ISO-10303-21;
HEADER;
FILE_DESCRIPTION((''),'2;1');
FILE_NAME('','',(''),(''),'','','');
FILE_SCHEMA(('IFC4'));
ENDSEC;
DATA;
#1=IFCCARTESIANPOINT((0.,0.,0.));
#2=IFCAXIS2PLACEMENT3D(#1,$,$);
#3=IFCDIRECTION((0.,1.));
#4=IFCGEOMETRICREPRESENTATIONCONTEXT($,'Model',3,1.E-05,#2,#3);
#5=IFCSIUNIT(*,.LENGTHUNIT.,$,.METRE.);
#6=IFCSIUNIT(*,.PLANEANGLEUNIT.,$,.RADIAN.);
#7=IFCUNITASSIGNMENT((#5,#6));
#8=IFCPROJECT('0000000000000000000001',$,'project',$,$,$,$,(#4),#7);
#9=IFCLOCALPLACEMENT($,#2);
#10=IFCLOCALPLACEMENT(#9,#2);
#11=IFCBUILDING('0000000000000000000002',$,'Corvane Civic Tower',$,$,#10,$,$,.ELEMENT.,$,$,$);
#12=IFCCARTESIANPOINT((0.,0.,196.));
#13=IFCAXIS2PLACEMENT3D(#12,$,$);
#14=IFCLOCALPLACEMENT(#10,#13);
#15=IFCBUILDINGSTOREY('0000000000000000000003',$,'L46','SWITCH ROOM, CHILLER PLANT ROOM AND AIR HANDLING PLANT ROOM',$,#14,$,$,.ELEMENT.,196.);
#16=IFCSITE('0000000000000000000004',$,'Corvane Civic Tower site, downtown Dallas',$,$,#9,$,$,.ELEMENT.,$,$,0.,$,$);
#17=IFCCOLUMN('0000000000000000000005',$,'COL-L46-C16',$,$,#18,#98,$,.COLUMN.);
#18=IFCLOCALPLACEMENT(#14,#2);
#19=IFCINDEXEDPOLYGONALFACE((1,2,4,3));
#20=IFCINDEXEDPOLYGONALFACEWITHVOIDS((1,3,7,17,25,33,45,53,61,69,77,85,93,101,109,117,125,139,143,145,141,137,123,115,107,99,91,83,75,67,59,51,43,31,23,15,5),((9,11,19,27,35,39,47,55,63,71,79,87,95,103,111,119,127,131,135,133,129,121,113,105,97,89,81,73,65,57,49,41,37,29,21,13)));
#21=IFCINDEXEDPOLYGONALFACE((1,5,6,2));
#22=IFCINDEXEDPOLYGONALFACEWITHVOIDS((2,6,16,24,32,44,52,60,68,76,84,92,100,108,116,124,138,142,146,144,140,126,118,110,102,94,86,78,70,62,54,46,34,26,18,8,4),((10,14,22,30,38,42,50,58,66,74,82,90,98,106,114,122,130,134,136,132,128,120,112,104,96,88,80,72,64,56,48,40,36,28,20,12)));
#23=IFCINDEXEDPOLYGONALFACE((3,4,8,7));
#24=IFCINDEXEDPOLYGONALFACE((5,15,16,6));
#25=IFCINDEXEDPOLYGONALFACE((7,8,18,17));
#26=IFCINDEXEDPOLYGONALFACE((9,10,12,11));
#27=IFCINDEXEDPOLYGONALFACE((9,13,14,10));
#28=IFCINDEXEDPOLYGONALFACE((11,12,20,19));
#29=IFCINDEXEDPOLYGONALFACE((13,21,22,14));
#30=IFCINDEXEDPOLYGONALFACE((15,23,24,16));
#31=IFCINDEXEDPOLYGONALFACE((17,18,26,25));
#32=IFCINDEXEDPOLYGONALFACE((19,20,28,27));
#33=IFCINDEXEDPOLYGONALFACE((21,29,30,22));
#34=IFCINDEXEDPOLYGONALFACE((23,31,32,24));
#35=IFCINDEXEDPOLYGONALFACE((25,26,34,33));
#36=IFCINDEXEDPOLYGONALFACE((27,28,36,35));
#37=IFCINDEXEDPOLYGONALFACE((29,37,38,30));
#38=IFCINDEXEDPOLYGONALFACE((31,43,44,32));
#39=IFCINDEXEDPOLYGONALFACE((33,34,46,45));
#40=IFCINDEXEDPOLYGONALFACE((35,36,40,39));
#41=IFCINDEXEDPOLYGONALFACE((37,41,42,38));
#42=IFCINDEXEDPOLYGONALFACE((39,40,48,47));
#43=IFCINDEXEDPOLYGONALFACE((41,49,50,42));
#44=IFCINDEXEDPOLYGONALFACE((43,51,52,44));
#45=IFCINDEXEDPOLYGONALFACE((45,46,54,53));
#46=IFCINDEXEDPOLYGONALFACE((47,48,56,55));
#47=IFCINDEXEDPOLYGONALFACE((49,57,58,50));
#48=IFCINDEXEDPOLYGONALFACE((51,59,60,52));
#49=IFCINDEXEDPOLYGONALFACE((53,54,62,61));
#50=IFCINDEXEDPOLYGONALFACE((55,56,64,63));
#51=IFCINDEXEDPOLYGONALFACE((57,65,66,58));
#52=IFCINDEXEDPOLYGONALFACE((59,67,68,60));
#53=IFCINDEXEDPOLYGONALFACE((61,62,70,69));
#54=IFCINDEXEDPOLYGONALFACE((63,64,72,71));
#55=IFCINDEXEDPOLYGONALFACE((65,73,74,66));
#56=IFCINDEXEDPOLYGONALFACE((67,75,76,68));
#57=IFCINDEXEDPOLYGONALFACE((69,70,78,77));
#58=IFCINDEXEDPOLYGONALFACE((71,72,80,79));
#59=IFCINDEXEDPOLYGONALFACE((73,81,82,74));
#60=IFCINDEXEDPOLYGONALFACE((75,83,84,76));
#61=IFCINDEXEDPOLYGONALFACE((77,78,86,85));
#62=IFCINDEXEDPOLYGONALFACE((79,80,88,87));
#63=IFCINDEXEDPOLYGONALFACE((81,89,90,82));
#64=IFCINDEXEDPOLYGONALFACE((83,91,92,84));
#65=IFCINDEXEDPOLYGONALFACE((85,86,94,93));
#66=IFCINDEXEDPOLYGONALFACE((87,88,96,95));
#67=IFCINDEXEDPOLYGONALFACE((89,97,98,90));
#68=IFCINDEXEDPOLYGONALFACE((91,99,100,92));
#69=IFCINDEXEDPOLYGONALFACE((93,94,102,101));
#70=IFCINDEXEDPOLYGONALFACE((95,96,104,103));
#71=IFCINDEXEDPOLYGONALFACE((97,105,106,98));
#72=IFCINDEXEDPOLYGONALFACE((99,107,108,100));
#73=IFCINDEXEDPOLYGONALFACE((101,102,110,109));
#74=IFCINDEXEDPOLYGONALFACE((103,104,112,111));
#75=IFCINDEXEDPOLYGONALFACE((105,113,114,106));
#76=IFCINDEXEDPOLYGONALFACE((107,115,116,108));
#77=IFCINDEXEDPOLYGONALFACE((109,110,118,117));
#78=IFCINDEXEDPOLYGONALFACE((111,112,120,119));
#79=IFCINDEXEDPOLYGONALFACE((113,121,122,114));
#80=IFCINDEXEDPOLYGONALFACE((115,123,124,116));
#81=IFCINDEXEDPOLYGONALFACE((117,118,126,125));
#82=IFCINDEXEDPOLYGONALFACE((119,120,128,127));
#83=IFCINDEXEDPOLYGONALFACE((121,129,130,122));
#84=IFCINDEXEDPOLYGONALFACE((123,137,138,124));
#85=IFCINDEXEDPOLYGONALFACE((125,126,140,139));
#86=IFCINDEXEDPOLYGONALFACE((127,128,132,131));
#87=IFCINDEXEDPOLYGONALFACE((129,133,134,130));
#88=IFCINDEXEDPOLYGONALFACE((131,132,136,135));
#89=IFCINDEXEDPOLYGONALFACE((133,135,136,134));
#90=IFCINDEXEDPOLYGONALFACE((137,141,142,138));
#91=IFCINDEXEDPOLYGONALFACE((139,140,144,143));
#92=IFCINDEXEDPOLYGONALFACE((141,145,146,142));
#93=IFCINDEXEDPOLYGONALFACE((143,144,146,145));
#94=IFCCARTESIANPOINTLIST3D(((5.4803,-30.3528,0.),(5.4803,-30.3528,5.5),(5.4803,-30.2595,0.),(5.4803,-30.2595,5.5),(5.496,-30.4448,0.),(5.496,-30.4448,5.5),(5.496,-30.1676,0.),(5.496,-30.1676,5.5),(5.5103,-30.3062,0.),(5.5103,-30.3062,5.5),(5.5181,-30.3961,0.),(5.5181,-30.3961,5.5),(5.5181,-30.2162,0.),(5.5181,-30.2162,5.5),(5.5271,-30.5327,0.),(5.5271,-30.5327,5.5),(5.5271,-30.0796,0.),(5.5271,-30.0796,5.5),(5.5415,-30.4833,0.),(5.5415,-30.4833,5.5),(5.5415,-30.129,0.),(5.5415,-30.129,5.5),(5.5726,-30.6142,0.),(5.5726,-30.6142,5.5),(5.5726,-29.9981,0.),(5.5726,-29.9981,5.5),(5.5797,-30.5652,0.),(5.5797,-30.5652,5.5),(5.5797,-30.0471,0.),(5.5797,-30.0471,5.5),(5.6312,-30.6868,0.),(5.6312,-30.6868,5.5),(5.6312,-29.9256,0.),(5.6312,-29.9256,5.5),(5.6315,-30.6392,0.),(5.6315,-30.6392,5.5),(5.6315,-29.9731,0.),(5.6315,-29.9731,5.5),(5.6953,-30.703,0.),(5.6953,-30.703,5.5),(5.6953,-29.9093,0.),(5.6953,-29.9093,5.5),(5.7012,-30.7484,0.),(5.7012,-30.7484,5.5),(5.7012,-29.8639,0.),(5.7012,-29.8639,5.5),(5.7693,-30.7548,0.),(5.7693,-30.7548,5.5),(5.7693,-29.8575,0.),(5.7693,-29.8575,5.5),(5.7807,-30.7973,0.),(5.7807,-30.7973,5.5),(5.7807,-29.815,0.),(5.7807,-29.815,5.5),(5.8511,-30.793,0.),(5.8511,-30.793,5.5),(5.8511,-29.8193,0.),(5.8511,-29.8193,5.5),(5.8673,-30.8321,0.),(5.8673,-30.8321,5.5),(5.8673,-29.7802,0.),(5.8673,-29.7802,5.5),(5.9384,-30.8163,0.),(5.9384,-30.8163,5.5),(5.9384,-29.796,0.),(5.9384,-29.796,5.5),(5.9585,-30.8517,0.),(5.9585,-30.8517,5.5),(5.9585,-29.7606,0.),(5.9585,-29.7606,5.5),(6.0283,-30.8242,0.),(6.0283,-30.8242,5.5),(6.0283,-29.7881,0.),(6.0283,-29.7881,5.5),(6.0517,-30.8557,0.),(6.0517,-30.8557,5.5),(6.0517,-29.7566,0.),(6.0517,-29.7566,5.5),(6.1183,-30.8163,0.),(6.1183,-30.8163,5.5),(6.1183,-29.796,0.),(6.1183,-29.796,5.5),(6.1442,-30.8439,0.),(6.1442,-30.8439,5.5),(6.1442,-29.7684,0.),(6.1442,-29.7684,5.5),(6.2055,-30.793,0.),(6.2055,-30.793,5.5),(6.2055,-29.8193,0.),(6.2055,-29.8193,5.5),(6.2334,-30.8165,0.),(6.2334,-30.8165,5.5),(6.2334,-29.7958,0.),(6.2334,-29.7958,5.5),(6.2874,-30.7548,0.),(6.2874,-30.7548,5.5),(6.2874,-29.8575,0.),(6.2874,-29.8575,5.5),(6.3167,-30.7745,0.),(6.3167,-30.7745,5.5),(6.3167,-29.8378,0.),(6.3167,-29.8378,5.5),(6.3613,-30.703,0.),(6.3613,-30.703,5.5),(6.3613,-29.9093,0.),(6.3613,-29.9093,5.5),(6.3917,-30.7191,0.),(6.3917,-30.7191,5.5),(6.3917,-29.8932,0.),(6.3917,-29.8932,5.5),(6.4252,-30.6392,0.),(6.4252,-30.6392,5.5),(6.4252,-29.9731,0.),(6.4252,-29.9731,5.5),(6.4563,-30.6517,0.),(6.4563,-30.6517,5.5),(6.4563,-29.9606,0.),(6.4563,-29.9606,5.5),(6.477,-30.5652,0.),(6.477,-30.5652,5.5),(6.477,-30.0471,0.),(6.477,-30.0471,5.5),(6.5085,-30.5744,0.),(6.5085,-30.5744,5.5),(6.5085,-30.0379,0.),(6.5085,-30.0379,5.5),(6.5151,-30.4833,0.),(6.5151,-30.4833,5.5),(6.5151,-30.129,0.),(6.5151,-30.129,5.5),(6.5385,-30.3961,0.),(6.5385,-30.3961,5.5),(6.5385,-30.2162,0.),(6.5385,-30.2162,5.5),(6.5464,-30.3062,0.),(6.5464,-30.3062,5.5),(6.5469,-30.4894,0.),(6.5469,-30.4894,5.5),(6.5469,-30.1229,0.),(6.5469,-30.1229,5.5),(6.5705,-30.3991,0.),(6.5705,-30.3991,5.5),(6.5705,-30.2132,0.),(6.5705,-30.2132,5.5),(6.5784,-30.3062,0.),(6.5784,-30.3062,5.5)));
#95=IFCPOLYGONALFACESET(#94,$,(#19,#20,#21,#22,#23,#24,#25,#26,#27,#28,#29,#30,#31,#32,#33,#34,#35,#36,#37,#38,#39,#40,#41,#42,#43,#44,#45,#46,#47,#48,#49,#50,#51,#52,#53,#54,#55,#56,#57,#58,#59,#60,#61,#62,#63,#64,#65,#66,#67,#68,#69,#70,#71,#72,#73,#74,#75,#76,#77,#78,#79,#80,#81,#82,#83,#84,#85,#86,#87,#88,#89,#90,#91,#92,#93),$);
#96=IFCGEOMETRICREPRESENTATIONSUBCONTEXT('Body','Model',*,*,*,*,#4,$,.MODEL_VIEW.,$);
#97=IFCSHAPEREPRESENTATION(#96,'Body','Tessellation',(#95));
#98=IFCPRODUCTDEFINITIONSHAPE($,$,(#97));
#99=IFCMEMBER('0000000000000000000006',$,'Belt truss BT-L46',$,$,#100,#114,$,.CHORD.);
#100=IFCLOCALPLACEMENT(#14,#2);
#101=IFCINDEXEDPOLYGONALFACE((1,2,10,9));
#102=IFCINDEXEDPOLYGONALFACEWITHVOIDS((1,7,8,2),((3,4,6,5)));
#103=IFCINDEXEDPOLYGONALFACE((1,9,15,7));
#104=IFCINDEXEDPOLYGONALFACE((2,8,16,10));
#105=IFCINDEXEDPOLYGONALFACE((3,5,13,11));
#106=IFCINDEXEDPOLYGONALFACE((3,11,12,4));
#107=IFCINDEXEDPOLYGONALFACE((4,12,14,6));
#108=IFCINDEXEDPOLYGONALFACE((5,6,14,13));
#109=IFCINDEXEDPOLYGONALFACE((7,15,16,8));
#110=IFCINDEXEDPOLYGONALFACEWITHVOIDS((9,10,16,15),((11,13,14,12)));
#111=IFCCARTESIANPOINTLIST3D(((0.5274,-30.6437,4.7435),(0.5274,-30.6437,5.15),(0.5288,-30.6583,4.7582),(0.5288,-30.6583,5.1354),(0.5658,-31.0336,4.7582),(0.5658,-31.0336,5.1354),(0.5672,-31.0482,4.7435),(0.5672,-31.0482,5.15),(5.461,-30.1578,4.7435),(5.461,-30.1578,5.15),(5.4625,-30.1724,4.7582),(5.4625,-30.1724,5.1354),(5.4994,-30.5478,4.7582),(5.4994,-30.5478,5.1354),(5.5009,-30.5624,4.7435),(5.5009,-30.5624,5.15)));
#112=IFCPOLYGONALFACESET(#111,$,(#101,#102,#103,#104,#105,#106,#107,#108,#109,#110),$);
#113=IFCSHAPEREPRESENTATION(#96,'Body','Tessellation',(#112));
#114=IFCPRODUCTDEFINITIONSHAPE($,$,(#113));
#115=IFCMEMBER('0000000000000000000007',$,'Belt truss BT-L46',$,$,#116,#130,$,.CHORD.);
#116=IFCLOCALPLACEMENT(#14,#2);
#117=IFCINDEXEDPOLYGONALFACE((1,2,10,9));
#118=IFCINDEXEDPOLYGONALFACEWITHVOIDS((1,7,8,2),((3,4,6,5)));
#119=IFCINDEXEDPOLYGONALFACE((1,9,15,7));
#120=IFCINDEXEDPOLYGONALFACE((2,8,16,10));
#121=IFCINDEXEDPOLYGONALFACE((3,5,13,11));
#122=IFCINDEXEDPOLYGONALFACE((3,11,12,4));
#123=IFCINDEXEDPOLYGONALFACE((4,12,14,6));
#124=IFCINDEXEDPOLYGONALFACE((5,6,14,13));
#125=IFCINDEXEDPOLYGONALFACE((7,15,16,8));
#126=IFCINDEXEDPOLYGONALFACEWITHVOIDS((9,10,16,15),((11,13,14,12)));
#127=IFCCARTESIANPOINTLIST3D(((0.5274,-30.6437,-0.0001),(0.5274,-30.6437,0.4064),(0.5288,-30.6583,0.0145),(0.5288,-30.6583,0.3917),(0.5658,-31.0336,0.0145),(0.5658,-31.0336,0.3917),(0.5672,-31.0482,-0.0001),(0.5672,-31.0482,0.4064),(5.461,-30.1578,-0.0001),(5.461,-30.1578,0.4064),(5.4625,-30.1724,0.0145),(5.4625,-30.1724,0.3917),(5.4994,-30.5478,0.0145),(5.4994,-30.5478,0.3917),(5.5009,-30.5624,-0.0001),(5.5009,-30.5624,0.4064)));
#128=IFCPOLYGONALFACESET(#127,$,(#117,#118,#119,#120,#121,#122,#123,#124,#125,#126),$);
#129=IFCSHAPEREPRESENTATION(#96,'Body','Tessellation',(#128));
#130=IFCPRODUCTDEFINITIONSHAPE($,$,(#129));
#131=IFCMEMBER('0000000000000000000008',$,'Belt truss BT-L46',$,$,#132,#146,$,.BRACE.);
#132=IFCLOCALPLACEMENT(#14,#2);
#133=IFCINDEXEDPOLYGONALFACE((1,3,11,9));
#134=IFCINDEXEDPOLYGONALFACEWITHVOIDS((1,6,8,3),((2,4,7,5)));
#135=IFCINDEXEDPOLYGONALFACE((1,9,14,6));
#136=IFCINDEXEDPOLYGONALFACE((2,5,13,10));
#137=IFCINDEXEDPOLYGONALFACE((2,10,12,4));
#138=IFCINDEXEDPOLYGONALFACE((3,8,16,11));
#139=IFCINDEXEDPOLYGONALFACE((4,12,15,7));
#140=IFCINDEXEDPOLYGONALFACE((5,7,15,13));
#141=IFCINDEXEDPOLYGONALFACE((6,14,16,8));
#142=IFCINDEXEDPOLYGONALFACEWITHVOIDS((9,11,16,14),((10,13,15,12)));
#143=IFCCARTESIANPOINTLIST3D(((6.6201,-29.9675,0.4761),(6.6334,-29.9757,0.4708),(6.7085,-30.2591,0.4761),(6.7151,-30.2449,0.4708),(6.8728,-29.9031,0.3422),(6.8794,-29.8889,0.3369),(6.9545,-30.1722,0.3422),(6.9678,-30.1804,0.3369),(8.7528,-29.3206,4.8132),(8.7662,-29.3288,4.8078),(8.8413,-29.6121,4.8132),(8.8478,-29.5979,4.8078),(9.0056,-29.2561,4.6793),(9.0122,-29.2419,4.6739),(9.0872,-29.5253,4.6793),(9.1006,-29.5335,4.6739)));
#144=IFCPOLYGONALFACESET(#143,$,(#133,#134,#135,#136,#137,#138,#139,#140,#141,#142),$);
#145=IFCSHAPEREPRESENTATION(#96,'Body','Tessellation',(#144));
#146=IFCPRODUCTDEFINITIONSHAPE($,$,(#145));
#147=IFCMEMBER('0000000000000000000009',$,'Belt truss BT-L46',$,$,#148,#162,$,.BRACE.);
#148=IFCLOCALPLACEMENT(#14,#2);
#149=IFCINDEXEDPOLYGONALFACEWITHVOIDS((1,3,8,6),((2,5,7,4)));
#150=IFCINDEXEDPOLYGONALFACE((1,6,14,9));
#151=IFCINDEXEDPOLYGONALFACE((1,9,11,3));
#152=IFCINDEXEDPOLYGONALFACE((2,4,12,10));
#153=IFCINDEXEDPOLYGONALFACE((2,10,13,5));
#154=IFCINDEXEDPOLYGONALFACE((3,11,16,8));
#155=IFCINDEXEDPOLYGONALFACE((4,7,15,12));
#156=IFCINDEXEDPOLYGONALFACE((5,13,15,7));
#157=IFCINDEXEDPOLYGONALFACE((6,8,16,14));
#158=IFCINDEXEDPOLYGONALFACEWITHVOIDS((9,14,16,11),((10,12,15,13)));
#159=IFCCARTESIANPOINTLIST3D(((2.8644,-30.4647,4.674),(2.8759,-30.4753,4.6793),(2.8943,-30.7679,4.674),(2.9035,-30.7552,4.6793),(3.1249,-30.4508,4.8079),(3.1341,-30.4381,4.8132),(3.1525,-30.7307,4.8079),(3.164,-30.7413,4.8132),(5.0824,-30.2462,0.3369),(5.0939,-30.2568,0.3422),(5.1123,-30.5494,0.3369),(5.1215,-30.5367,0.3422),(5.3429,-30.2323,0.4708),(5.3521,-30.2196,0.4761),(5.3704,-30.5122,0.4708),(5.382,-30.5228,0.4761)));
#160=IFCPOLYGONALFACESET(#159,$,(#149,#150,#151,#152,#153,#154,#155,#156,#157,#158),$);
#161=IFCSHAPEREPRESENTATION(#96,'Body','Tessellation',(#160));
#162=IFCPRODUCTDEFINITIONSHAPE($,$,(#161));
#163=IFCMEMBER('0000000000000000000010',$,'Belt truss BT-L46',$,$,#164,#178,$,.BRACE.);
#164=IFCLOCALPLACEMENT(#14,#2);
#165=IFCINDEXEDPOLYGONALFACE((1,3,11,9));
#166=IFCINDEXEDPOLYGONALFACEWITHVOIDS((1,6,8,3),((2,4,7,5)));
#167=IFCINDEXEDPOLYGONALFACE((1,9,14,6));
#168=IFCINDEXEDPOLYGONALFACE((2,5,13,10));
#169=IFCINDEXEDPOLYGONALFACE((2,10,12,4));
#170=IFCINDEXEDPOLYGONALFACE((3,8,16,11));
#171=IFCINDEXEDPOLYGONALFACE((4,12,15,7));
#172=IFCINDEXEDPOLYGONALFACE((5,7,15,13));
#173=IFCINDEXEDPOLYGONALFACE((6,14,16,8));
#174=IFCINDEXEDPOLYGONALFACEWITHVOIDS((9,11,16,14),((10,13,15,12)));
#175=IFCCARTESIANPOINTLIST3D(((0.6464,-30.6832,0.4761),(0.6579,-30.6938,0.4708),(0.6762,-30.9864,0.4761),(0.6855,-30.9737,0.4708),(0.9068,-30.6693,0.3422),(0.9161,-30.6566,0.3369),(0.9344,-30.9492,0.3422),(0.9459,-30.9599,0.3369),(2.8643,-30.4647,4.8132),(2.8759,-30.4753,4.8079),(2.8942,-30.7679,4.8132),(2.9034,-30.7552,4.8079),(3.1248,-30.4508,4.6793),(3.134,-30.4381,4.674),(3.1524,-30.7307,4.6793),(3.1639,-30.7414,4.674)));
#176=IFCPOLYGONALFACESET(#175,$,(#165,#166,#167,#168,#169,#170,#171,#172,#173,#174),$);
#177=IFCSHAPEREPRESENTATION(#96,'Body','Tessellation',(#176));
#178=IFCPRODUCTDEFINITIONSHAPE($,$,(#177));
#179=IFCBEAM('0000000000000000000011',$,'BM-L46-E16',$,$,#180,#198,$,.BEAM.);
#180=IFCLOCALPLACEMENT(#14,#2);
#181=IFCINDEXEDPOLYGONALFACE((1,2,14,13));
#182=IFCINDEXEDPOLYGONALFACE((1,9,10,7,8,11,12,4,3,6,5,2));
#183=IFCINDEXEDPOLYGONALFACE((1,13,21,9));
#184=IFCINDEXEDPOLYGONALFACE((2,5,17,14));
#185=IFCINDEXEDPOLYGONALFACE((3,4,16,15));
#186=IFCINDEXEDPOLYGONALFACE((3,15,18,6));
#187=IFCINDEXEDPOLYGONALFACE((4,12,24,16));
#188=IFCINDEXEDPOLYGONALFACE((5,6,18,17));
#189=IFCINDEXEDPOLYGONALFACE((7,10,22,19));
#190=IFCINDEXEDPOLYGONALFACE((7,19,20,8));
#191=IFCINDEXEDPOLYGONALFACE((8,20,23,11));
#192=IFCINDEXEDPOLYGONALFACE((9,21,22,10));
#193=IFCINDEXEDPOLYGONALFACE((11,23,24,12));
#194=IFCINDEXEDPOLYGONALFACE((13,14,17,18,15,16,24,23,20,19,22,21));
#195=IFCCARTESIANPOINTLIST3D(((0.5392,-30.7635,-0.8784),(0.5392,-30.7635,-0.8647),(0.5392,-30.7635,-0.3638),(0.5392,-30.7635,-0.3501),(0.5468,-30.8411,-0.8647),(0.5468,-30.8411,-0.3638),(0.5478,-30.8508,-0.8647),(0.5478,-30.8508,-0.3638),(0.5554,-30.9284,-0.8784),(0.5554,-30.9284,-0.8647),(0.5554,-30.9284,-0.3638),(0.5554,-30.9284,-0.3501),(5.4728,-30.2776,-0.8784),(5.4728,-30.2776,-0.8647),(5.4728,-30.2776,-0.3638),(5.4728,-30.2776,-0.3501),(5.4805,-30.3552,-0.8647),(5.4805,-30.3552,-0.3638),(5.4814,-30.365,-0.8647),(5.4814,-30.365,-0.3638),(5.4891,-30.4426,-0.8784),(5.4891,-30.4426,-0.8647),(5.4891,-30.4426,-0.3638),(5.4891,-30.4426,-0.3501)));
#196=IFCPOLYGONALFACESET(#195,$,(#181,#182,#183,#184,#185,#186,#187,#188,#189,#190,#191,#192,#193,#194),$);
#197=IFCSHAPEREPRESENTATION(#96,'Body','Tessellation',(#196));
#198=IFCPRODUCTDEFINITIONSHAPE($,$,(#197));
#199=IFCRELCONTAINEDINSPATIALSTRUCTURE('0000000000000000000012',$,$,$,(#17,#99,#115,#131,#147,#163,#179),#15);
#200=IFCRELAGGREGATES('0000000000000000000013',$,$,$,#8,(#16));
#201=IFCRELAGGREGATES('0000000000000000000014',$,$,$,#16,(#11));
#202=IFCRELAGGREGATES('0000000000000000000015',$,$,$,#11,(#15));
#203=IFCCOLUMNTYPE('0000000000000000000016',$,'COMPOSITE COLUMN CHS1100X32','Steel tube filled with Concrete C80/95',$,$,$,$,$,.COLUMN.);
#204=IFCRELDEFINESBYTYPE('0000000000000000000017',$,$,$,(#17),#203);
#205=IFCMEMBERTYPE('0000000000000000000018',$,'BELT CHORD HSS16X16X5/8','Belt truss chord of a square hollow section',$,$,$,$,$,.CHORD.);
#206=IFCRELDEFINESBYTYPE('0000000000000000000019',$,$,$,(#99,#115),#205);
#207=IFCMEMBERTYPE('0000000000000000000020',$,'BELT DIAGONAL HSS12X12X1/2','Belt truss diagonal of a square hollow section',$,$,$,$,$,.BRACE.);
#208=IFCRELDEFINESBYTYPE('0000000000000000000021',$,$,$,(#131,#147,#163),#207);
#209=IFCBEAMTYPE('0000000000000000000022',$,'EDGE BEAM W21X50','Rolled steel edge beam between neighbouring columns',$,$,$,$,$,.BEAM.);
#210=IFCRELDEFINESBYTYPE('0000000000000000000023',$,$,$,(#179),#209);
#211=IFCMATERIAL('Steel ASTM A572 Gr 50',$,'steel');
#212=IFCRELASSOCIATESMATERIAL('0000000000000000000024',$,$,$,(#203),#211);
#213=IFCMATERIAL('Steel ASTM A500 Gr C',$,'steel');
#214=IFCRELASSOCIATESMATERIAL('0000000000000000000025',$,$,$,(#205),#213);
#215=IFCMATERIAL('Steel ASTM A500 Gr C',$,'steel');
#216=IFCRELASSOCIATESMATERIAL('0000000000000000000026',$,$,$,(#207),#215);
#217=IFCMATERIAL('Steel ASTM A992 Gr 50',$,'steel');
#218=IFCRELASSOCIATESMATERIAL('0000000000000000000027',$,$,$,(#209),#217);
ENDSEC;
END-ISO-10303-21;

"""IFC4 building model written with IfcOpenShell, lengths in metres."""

from ifc_helpers import new_model, si_unit, direction, frame, origin, origin_2d, place, context, subcontext, project, spatial, hollow_rectangle, hollow_circle, i_section, extrude, material, material_profile, profile_set, type_object, element, save


model = new_model("IFC4")

# Units and contexts
model_context = context("Model", 3, precision=1e-05, world=origin(), true_north=direction((0.0, 1.0)))
body_context = subcontext(model_context, "Body", "Model", "MODEL_VIEW")
ifc_project = project(units=[si_unit("LENGTHUNIT", "METRE"), si_unit("PLANEANGLEUNIT", "RADIAN")], contexts=[model_context])

# Site, building, storey
site_placement = place(None, origin())
site = spatial("IfcSite", under=ifc_project, at=site_placement, Name="Corvane Civic Tower site, downtown Dallas", CompositionType="ELEMENT", RefElevation=0.0)
building_placement = place(site_placement, origin())
building = spatial("IfcBuilding", under=site, at=building_placement, Name="Corvane Civic Tower", CompositionType="ELEMENT")
storey_placement = place(building_placement, frame((0.0, 0.0, 196.0)))
storey = spatial("IfcBuildingStorey", under=building, at=storey_placement, Name="L46", Description="SWITCH ROOM, CHILLER PLANT ROOM AND AIR HANDLING PLANT ROOM", CompositionType="ELEMENT", Elevation=196.0)

# Column
ifc_material_1 = material(Name="Steel ASTM A572 Gr 50", Category="steel")
ifc_material_profile_1 = material_profile(ifc_material_1, hollow_circle(Radius=0.55, WallThickness=0.032, at=origin_2d()), Name="CHS1100X32")
ifc_profile_set_1 = profile_set([ifc_material_profile_1], Name="Steel ASTM A572 Gr 50")
column_type = type_object("IfcColumnType", Name="COMPOSITE COLUMN CHS1100X32", Description="Steel tube filled with Concrete C80/95", PredefinedType="COLUMN", material=ifc_profile_set_1)
column_placement = place(storey_placement, frame((6.0283, -30.3062, 0.0), z_axis=(0.0, 0.0, 1.0), x_axis=(1.0, 0.0, 0.0)))
element("IfcColumn", 1, at=column_placement, inside=storey, type_object=column_type, Name="COL-L46-C16", PredefinedType="COLUMN", context=body_context, shape_type="SweptSolid", body=[
    extrude(hollow_circle(Radius=0.55, WallThickness=0.032, at=origin_2d()), origin(), (0.0, 0.0, 1.0), 5.5),
])

# Members
ifc_material_2 = material(Name="Steel ASTM A500 Gr C", Category="steel")
ifc_material_profile_2 = material_profile(ifc_material_2, hollow_rectangle(XDim=0.4065, YDim=0.4065, WallThickness=0.0146, at=origin_2d()), Name="HSS16X16X5/8")
ifc_profile_set_2 = profile_set([ifc_material_profile_2], Name="Steel ASTM A500 Gr C")
member_type_1 = type_object("IfcMemberType", Name="BELT CHORD HSS16X16X5/8", Description="Belt truss chord of a square hollow section", PredefinedType="CHORD", material=ifc_profile_set_2)
for number, where, z_axis, x_axis, name in (
    (2, (5.481, -30.3601, 4.9468), (-0.995186, -0.098002, 0.0), (0.098002, -0.995186, 0.0), "Belt truss BT-L46"),
    (3, (5.481, -30.3601, 0.2031), (-0.995186, -0.098002, 0.0), (0.098002, -0.995186, 0.0), "Belt truss BT-L46"),
):
    element("IfcMember", number, at=place(storey_placement, frame(where, z_axis=z_axis, x_axis=x_axis)), inside=storey, type_object=member_type_1, Name=name, PredefinedType="CHORD", context=body_context, shape_type="SweptSolid", body=[
        extrude(hollow_rectangle(XDim=0.4065, YDim=0.4065, WallThickness=0.0146, at=origin_2d()), origin(), (0.0, 0.0, 1.0), 4.9575),
    ])
ifc_material_3 = material(Name="Steel ASTM A500 Gr C", Category="steel")
ifc_material_profile_3 = material_profile(ifc_material_3, hollow_rectangle(XDim=0.3047, YDim=0.3047, WallThickness=0.0117, at=origin_2d()), Name="HSS12X12X1/2")
ifc_profile_set_3 = profile_set([ifc_material_profile_3], Name="Steel ASTM A500 Gr C")
member_type_2 = type_object("IfcMemberType", Name="BELT DIAGONAL HSS12X12X1/2", Description="Belt truss diagonal of a square hollow section", PredefinedType="BRACE", material=ifc_profile_set_3)
for number, where, z_axis, x_axis, name in (
    (4, (6.7939, -30.074, 0.4065), (0.437382, 0.132677, 0.889434), (-0.290281, 0.956941, 0.0), "Belt truss BT-L46"),
    (5, (5.2322, -30.3845, 0.4065), (-0.454857, -0.04481, 0.889437), (0.098039, -0.995183, 0.0), "Belt truss BT-L46"),
    (6, (0.7961, -30.8215, 0.4065), (0.454857, 0.04481, 0.889437), (-0.098039, 0.995183, 0.0), "Belt truss BT-L46"),
):
    element("IfcMember", number, at=place(storey_placement, frame(where, z_axis=z_axis, x_axis=x_axis)), inside=storey, type_object=member_type_2, Name=name, PredefinedType="BRACE", context=body_context, shape_type="SweptSolid", body=[
        extrude(hollow_rectangle(XDim=0.3047, YDim=0.3047, WallThickness=0.0117, at=origin_2d()), origin(), (0.0, 0.0, 1.0), 4.8762),
    ])

# Beam
ifc_material_4 = material(Name="Steel ASTM A992 Gr 50", Category="steel")
ifc_material_profile_4 = material_profile(ifc_material_4, i_section(OverallWidth=0.1658, OverallDepth=0.5283, WebThickness=0.0098, FlangeThickness=0.0137, at=origin_2d()), Name="W21X50")
ifc_profile_set_4 = profile_set([ifc_material_profile_4], Name="Steel ASTM A992 Gr 50")
beam_type = type_object("IfcBeamType", Name="EDGE BEAM W21X50", Description="Rolled steel edge beam between neighbouring columns", PredefinedType="BEAM", material=ifc_profile_set_4)
beam_placement = place(storey_placement, frame((5.481, -30.3601, -0.6143), z_axis=(-0.995186, -0.098002, 0.0), x_axis=(0.098002, -0.995186, 0.0)))
element("IfcBeam", 7, at=beam_placement, inside=storey, type_object=beam_type, Name="BM-L46-E16", PredefinedType="BEAM", context=body_context, shape_type="SweptSolid", body=[
    extrude(i_section(OverallWidth=0.1658, OverallDepth=0.5283, WebThickness=0.0098, FlangeThickness=0.0137, at=origin_2d()), origin(), (0.0, 0.0, 1.0), 4.9575),
])

save(model, "model.ifc")
